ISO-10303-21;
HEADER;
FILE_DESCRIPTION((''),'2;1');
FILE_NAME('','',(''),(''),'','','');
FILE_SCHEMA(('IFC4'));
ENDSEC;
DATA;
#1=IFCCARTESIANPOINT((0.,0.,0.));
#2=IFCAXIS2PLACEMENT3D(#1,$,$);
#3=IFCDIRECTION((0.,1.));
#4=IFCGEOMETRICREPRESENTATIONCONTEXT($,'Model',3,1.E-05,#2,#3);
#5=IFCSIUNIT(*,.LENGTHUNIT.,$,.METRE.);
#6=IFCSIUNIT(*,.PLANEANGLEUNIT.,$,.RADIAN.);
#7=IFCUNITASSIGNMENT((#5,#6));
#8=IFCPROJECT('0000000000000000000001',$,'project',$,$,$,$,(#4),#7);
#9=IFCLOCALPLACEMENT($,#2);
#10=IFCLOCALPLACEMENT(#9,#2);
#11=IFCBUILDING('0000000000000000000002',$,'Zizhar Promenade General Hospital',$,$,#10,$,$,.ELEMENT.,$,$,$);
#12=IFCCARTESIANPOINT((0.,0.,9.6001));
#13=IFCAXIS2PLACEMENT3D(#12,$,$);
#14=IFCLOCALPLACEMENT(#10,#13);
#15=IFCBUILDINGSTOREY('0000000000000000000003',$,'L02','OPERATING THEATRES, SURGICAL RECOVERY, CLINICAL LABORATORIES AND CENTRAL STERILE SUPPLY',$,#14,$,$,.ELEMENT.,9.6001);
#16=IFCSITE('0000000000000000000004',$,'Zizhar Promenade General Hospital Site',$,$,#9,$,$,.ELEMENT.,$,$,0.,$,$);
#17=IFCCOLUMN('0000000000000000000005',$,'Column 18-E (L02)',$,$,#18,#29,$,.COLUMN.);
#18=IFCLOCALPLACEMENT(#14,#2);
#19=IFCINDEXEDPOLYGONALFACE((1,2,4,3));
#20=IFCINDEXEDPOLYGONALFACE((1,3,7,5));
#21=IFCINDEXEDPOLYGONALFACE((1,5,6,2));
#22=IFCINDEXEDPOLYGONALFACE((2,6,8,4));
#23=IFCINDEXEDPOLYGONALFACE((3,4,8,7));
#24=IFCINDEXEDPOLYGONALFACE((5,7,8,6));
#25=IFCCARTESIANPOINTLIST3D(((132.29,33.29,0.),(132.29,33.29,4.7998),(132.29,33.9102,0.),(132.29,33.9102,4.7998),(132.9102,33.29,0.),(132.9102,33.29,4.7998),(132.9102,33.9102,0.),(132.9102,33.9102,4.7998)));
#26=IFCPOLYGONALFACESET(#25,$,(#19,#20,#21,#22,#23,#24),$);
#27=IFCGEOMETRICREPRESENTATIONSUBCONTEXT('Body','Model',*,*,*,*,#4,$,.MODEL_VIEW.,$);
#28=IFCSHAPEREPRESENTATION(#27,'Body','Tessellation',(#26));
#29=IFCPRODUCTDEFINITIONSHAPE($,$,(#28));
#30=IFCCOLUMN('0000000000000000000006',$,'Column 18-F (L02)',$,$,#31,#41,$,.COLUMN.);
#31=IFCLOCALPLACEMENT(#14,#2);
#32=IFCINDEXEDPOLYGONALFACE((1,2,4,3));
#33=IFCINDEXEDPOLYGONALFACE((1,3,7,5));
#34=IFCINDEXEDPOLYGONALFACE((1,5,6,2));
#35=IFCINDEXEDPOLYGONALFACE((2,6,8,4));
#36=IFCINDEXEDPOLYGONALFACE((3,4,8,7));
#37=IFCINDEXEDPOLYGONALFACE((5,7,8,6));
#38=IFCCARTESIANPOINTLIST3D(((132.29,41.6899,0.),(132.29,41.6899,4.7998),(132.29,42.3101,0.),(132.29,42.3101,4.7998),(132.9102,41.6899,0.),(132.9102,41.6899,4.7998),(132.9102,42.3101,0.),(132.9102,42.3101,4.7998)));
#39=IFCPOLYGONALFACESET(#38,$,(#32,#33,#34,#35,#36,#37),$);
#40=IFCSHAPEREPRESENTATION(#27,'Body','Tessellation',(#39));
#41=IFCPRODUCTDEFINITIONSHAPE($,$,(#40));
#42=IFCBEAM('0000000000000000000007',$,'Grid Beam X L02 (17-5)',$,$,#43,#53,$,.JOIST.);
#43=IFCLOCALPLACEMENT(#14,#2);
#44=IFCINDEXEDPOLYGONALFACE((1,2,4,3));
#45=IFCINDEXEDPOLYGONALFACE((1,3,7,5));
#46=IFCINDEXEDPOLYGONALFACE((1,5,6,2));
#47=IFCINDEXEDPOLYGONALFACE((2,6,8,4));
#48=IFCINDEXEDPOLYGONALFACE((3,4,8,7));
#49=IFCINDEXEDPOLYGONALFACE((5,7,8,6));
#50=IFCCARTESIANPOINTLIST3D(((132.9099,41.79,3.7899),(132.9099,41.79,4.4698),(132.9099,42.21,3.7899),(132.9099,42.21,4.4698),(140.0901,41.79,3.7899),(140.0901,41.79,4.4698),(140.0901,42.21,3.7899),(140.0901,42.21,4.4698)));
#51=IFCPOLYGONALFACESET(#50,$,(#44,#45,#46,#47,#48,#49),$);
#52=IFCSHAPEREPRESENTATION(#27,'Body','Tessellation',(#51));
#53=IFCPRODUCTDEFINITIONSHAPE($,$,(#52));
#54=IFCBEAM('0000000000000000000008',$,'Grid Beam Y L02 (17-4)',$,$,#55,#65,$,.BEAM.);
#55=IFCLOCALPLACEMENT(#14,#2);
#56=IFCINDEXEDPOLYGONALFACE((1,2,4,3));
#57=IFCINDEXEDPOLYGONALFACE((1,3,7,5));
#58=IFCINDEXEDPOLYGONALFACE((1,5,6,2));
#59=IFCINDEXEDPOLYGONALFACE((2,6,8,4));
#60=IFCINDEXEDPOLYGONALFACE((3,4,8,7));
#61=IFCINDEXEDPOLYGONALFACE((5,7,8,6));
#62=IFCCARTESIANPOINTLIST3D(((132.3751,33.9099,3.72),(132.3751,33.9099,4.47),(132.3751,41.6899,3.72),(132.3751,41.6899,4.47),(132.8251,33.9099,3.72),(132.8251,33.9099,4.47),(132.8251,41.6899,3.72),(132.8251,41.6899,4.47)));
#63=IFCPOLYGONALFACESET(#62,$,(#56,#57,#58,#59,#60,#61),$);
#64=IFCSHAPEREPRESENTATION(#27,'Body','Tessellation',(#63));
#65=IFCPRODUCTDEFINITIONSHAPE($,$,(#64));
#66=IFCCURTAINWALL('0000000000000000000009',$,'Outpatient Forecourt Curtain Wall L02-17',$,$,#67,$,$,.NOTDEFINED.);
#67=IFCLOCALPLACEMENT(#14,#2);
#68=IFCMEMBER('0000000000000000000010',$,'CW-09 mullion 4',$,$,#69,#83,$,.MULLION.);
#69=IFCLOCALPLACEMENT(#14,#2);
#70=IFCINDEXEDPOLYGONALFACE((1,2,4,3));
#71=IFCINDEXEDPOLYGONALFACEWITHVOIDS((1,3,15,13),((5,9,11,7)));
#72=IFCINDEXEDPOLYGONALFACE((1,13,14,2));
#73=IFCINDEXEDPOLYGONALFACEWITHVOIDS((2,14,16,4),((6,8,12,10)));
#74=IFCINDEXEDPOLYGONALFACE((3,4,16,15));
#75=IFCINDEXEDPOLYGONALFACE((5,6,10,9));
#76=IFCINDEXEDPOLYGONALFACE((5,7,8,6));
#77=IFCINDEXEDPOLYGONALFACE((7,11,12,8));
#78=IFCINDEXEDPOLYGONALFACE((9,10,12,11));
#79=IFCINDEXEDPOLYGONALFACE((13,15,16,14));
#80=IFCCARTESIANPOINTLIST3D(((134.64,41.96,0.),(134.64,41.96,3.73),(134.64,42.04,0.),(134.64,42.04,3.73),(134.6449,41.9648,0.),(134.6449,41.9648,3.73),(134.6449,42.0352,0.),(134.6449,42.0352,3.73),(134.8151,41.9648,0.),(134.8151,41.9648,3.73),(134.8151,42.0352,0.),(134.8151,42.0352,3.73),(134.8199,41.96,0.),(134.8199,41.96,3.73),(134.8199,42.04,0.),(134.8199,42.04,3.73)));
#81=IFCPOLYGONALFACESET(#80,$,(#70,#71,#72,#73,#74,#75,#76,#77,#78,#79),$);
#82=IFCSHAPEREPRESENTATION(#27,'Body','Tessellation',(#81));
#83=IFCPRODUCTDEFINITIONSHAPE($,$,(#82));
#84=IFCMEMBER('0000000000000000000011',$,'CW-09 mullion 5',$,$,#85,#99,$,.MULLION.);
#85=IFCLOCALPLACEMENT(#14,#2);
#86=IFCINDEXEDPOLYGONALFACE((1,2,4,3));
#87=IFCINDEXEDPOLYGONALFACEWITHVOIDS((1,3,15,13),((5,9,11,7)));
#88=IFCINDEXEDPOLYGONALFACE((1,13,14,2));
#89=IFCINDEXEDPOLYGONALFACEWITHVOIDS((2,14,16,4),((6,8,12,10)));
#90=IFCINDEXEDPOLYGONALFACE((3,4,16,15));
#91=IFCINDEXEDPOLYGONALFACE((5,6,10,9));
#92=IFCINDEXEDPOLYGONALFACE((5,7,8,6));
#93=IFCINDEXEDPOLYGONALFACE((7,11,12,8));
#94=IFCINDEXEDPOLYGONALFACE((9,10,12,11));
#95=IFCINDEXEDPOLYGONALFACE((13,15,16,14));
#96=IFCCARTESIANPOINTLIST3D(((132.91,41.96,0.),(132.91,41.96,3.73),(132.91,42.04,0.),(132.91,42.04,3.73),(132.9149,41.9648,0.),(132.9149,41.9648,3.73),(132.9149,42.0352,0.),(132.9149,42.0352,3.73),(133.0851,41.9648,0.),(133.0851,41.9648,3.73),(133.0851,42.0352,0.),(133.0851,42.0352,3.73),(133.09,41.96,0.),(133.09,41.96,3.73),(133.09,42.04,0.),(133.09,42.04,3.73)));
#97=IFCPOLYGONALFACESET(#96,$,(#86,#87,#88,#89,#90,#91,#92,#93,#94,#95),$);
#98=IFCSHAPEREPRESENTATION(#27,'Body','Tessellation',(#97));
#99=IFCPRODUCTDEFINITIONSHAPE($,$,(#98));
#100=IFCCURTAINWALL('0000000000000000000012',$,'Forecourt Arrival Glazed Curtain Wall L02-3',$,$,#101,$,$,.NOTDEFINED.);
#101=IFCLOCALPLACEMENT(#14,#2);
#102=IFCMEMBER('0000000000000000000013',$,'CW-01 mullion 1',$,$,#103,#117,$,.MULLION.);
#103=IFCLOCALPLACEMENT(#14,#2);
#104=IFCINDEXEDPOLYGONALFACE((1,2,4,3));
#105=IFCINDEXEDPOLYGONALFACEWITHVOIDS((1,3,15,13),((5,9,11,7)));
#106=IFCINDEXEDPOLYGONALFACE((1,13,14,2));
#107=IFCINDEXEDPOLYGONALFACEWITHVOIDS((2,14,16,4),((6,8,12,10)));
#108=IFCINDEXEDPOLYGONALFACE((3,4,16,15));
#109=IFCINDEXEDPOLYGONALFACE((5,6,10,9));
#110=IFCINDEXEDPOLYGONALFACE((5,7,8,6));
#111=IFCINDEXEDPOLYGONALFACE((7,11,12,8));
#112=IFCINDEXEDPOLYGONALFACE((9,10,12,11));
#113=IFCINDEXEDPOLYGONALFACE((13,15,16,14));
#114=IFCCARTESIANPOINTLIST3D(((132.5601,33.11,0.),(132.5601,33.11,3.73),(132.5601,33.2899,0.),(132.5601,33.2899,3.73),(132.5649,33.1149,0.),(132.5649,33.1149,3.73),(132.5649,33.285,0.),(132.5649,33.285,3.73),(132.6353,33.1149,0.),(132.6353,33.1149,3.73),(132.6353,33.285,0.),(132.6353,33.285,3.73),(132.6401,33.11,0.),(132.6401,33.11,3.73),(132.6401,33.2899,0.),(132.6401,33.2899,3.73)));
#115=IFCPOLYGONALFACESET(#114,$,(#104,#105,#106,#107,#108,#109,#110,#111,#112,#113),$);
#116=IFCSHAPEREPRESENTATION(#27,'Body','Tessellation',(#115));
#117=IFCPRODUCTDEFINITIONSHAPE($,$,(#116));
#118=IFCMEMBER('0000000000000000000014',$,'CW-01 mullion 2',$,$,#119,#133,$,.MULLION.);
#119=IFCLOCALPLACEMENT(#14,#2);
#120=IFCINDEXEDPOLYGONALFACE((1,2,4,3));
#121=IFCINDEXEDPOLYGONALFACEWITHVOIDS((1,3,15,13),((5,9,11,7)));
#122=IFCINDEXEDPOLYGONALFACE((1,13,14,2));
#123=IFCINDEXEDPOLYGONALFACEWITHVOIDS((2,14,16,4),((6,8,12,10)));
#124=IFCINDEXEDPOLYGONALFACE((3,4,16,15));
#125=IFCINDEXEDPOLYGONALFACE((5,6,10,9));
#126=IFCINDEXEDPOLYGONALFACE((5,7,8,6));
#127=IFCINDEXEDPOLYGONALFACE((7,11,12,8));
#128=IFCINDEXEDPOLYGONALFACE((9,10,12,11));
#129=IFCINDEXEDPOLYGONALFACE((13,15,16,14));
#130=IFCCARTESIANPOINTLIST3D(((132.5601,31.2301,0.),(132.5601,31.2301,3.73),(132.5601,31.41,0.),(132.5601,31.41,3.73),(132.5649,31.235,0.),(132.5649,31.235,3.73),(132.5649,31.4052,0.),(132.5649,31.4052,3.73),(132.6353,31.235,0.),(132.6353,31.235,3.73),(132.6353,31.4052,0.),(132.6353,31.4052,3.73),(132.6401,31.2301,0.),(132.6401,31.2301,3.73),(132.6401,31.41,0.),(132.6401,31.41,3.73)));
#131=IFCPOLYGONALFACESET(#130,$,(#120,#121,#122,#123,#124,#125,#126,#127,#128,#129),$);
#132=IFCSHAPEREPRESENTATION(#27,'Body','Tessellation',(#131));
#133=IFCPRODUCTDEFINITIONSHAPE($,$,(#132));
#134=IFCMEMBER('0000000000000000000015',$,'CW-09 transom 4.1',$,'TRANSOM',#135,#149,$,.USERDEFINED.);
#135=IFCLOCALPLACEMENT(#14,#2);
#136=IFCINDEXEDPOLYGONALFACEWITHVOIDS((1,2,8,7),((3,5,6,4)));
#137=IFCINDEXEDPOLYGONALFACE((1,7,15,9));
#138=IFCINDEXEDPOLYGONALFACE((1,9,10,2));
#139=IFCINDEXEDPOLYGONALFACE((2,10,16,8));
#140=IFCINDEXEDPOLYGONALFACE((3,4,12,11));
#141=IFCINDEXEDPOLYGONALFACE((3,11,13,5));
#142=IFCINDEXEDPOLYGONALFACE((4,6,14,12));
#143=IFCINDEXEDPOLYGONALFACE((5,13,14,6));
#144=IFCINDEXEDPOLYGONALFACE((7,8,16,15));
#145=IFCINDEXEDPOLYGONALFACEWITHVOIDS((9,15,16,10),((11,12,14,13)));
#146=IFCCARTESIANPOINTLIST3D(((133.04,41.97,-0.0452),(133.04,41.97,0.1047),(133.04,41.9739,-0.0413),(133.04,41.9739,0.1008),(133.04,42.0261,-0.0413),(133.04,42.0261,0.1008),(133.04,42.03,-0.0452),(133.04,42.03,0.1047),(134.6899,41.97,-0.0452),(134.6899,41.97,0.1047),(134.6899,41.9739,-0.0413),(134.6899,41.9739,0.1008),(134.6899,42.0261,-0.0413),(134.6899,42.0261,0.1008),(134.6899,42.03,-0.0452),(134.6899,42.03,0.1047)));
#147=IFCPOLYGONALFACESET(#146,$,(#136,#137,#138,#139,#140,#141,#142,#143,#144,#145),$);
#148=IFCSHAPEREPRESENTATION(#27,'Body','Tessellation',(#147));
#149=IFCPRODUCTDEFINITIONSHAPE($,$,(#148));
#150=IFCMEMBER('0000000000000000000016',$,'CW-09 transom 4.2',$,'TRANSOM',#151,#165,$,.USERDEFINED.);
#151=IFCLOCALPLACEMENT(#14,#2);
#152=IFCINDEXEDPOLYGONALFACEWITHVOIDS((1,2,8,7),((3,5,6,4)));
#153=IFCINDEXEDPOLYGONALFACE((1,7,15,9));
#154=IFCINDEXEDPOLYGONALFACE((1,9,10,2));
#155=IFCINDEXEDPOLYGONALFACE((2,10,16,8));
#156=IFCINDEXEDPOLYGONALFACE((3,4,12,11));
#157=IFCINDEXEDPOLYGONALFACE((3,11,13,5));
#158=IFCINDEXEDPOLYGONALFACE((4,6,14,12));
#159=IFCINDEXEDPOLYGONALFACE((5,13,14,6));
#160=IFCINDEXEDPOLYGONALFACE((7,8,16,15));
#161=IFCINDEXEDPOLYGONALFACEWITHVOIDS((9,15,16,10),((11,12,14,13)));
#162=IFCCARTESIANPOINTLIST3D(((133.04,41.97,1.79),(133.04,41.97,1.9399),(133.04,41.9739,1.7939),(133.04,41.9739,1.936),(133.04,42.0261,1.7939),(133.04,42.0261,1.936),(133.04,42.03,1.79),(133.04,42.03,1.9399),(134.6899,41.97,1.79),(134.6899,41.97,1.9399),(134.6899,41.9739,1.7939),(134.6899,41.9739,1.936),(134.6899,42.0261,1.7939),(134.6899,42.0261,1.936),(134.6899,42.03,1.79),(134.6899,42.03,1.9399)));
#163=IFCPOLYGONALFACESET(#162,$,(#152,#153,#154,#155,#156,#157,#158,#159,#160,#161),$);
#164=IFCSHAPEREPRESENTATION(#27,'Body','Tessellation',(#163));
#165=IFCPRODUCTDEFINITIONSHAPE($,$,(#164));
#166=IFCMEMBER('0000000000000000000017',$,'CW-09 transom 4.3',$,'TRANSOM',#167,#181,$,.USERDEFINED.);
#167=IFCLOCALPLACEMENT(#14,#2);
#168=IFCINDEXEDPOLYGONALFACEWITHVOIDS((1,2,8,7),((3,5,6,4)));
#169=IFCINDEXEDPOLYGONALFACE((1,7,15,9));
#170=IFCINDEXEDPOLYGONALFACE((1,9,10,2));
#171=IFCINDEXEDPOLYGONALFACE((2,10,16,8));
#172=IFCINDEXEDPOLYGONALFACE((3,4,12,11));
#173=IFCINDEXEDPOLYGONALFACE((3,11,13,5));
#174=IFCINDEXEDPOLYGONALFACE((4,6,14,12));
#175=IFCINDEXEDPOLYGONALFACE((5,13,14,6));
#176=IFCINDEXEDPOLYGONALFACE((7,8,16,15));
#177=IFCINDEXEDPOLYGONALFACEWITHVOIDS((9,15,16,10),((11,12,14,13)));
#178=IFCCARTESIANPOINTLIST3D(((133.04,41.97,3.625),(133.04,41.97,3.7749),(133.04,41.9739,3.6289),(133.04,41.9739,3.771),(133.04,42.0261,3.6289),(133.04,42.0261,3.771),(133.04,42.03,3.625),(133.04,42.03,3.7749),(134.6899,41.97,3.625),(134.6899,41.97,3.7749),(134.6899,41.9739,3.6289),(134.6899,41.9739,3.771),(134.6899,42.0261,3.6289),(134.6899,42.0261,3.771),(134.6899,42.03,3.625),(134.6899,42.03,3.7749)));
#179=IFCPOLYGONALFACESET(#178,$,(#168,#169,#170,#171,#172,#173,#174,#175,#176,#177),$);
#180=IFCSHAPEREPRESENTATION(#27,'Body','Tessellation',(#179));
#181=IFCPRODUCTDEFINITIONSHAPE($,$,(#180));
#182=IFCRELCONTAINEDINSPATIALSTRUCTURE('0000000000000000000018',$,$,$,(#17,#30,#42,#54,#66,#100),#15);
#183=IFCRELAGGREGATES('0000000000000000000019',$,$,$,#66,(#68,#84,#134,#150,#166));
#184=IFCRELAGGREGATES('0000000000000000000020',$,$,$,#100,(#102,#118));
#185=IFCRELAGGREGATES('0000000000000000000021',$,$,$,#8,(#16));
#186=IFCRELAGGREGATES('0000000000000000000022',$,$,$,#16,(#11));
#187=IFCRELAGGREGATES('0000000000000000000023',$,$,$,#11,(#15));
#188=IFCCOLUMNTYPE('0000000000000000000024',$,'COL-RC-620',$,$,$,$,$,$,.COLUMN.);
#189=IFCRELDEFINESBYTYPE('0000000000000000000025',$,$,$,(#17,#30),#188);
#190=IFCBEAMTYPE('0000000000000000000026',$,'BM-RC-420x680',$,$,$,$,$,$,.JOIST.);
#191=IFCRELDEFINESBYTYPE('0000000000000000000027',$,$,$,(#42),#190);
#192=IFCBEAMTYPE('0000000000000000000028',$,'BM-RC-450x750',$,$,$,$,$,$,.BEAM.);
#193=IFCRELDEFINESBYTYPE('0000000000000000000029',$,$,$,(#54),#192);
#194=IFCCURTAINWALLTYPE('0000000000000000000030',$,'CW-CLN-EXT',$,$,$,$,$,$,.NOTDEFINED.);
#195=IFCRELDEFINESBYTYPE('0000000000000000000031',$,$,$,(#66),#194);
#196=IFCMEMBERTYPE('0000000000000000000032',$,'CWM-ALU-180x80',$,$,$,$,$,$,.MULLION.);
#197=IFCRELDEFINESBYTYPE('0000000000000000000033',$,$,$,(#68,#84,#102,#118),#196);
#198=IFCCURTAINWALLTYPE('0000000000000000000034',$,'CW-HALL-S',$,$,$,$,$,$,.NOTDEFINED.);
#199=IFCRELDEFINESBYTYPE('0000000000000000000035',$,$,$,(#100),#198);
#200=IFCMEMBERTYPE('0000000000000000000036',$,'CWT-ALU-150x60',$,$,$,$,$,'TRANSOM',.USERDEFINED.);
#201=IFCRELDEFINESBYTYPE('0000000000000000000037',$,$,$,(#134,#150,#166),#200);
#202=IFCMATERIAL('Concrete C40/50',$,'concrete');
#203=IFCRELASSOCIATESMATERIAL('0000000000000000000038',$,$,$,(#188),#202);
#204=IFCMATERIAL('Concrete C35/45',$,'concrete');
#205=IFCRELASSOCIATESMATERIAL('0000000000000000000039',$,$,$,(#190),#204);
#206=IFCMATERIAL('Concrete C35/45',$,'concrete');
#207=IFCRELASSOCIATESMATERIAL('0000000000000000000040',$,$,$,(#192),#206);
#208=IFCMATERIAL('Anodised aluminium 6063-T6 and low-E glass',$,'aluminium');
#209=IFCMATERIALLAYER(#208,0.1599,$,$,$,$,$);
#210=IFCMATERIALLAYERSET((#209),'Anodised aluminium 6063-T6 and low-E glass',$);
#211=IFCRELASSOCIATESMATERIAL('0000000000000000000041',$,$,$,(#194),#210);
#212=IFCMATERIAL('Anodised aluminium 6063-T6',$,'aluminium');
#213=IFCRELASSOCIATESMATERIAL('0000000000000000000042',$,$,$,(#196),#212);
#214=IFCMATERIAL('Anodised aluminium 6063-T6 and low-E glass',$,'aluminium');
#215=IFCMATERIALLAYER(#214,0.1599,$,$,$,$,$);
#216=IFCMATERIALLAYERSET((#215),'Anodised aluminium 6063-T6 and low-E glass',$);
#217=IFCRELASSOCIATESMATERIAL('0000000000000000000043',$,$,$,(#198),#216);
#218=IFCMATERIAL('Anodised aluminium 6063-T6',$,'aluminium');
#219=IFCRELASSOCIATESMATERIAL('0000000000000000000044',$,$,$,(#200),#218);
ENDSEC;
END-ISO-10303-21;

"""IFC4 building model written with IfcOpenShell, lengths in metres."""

from ifc_helpers import new_model, si_unit, direction, frame, origin, origin_2d, place, context, subcontext, project, spatial, rectangle, hollow_rectangle, extrude, material, layer, layer_set, material_profile, profile_set, type_object, element, aggregate, save


model = new_model("IFC4")

# Units and contexts
model_context = context("Model", 3, precision=1e-05, world=origin(), true_north=direction((0.0, 1.0)))
body_context = subcontext(model_context, "Body", "Model", "MODEL_VIEW")
ifc_project = project(units=[si_unit("LENGTHUNIT", "METRE"), si_unit("PLANEANGLEUNIT", "RADIAN")], contexts=[model_context])

# Site, building, storey
site_placement = place(None, origin())
site = spatial("IfcSite", under=ifc_project, at=site_placement, Name="Zizhar Promenade General Hospital Site", CompositionType="ELEMENT", RefElevation=0.0)
building_placement = place(site_placement, origin())
building = spatial("IfcBuilding", under=site, at=building_placement, Name="Zizhar Promenade General Hospital", CompositionType="ELEMENT")
storey_placement = place(building_placement, frame((0.0, 0.0, 9.6001)))
storey = spatial("IfcBuildingStorey", under=building, at=storey_placement, Name="L02", Description="OPERATING THEATRES, SURGICAL RECOVERY, CLINICAL LABORATORIES AND CENTRAL STERILE SUPPLY", CompositionType="ELEMENT", Elevation=9.6001)

# Columns
ifc_material_1 = material(Name="Concrete C40/50", Category="concrete")
ifc_material_profile_1 = material_profile(ifc_material_1, rectangle(XDim=0.6201, YDim=0.6201, at=origin_2d()))
ifc_profile_set_1 = profile_set([ifc_material_profile_1], Name="Concrete C40/50")
column_type = type_object("IfcColumnType", Name="COL-RC-620", PredefinedType="COLUMN", material=ifc_profile_set_1)
for number, where, z_axis, x_axis, name in (
    (1, (132.6001, 33.6001, 0.0), (0.0, 0.0, 1.0), (1.0, 0.0, 0.0), "Column 18-E (L02)"),
    (2, (132.6001, 42.0, 0.0), (0.0, 0.0, 1.0), (1.0, 0.0, 0.0), "Column 18-F (L02)"),
):
    element("IfcColumn", number, at=place(storey_placement, frame(where, z_axis=z_axis, x_axis=x_axis)), inside=storey, type_object=column_type, Name=name, PredefinedType="COLUMN", context=body_context, shape_type="SweptSolid", body=[
        extrude(rectangle(XDim=0.6201, YDim=0.6201, at=origin_2d()), origin(), (0.0, 0.0, 1.0), 4.7998),
    ])

# Beams
ifc_material_2 = material(Name="Concrete C35/45", Category="concrete")
ifc_material_profile_2 = material_profile(ifc_material_2, rectangle(XDim=0.4199, YDim=0.6799, at=origin_2d()))
ifc_profile_set_2 = profile_set([ifc_material_profile_2], Name="Concrete C35/45")
beam_type_1 = type_object("IfcBeamType", Name="BM-RC-420x680", PredefinedType="JOIST", material=ifc_profile_set_2)
beam_1_placement = place(storey_placement, frame((132.9099, 42.0, 4.1299), z_axis=(1.0, 0.0, 0.0), x_axis=(0.0, 1.0, 0.0)))
element("IfcBeam", 3, at=beam_1_placement, inside=storey, type_object=beam_type_1, Name="Grid Beam X L02 (17-5)", PredefinedType="JOIST", context=body_context, shape_type="SweptSolid", body=[
    extrude(rectangle(XDim=0.4199, YDim=0.6799, at=origin_2d()), origin(), (0.0, 0.0, 1.0), 7.1802),
])
ifc_material_3 = material(Name="Concrete C35/45", Category="concrete")
ifc_material_profile_3 = material_profile(ifc_material_3, rectangle(XDim=0.45, YDim=0.75, at=origin_2d()))
ifc_profile_set_3 = profile_set([ifc_material_profile_3], Name="Concrete C35/45")
beam_type_2 = type_object("IfcBeamType", Name="BM-RC-450x750", PredefinedType="BEAM", material=ifc_profile_set_3)
beam_2_placement = place(storey_placement, frame((132.6001, 33.9099, 4.095), z_axis=(0.0, 1.0, 0.0), x_axis=(-1.0, 0.0, 0.0)))
element("IfcBeam", 4, at=beam_2_placement, inside=storey, type_object=beam_type_2, Name="Grid Beam Y L02 (17-4)", PredefinedType="BEAM", context=body_context, shape_type="SweptSolid", body=[
    extrude(rectangle(XDim=0.45, YDim=0.75, at=origin_2d()), origin(), (0.0, 0.0, 1.0), 7.78),
])

# Curtain walls, members
ifc_material_4 = material(Name="Anodised aluminium 6063-T6 and low-E glass", Category="aluminium")
ifc_layer_1 = layer(ifc_material_4, 0.1599)
ifc_layer_set_1 = layer_set([ifc_layer_1], Name="Anodised aluminium 6063-T6 and low-E glass")
curtain_wall_type_1 = type_object("IfcCurtainWallType", Name="CW-CLN-EXT", PredefinedType="NOTDEFINED", material=ifc_layer_set_1)
curtain_wall_1_placement = place(storey_placement, origin())
curtain_wall_1 = element("IfcCurtainWall", 5, at=curtain_wall_1_placement, inside=storey, type_object=curtain_wall_type_1, Name="Outpatient Forecourt Curtain Wall L02-17", PredefinedType="NOTDEFINED")
ifc_material_5 = material(Name="Anodised aluminium 6063-T6", Category="aluminium")
ifc_material_profile_4 = material_profile(ifc_material_5, hollow_rectangle(XDim=0.0801, YDim=0.1799, WallThickness=0.0049, at=origin_2d()))
ifc_profile_set_4 = profile_set([ifc_material_profile_4], Name="Anodised aluminium 6063-T6")
member_type_1 = type_object("IfcMemberType", Name="CWM-ALU-180x80", PredefinedType="MULLION", material=ifc_profile_set_4)
member_1_placement = place(storey_placement, frame((134.73, 42.0, 0.0), z_axis=(0.0, 0.0, 1.0), x_axis=(0.0, -1.0, 0.0)))
member_1 = element("IfcMember", 6, at=member_1_placement, type_object=member_type_1, Name="CW-09 mullion 4", PredefinedType="MULLION", context=body_context, shape_type="SweptSolid", body=[
    extrude(hollow_rectangle(XDim=0.0801, YDim=0.1799, WallThickness=0.0049, at=origin_2d()), origin(), (0.0, 0.0, 1.0), 3.73),
])
member_2_placement = place(storey_placement, frame((133.0, 42.0, 0.0), z_axis=(0.0, 0.0, 1.0), x_axis=(0.0, -1.0, 0.0)))
member_2 = element("IfcMember", 7, at=member_2_placement, type_object=member_type_1, Name="CW-09 mullion 5", PredefinedType="MULLION", context=body_context, shape_type="SweptSolid", body=[
    extrude(hollow_rectangle(XDim=0.0801, YDim=0.1799, WallThickness=0.0049, at=origin_2d()), origin(), (0.0, 0.0, 1.0), 3.73),
])
ifc_material_6 = material(Name="Anodised aluminium 6063-T6 and low-E glass", Category="aluminium")
ifc_layer_2 = layer(ifc_material_6, 0.1599)
ifc_layer_set_2 = layer_set([ifc_layer_2], Name="Anodised aluminium 6063-T6 and low-E glass")
curtain_wall_type_2 = type_object("IfcCurtainWallType", Name="CW-HALL-S", PredefinedType="NOTDEFINED", material=ifc_layer_set_2)
curtain_wall_2_placement = place(storey_placement, origin())
curtain_wall_2 = element("IfcCurtainWall", 8, at=curtain_wall_2_placement, inside=storey, type_object=curtain_wall_type_2, Name="Forecourt Arrival Glazed Curtain Wall L02-3", PredefinedType="NOTDEFINED")
member_3_placement = place(storey_placement, frame((132.6001, 33.2, 0.0), z_axis=(0.0, 0.0, 1.0), x_axis=(1.0, 0.0, 0.0)))
member_3 = element("IfcMember", 9, at=member_3_placement, type_object=member_type_1, Name="CW-01 mullion 1", PredefinedType="MULLION", context=body_context, shape_type="SweptSolid", body=[
    extrude(hollow_rectangle(XDim=0.0801, YDim=0.1799, WallThickness=0.0049, at=origin_2d()), origin(), (0.0, 0.0, 1.0), 3.73),
])
member_4_placement = place(storey_placement, frame((132.6001, 31.3201, 0.0), z_axis=(0.0, 0.0, 1.0), x_axis=(1.0, 0.0, 0.0)))
member_4 = element("IfcMember", 10, at=member_4_placement, type_object=member_type_1, Name="CW-01 mullion 2", PredefinedType="MULLION", context=body_context, shape_type="SweptSolid", body=[
    extrude(hollow_rectangle(XDim=0.0801, YDim=0.1799, WallThickness=0.0049, at=origin_2d()), origin(), (0.0, 0.0, 1.0), 3.73),
])

# Members
ifc_material_7 = material(Name="Anodised aluminium 6063-T6", Category="aluminium")
ifc_material_profile_5 = material_profile(ifc_material_7, hollow_rectangle(XDim=0.0601, YDim=0.1499, WallThickness=0.0039, at=origin_2d()))
ifc_profile_set_5 = profile_set([ifc_material_profile_5], Name="Anodised aluminium 6063-T6")
member_type_2 = type_object("IfcMemberType", Name="CWT-ALU-150x60", ElementType="TRANSOM", PredefinedType="USERDEFINED", material=ifc_profile_set_5)
member_5_placement = place(storey_placement, frame((134.6899, 42.0, 0.0298), z_axis=(-1.0, 0.0, 0.0), x_axis=(0.0, -1.0, 0.0)))
member_5 = element("IfcMember", 11, at=member_5_placement, type_object=member_type_2, Name="CW-09 transom 4.1", ObjectType="TRANSOM", PredefinedType="USERDEFINED", context=body_context, shape_type="SweptSolid", body=[
    extrude(hollow_rectangle(XDim=0.0601, YDim=0.1499, WallThickness=0.0039, at=origin_2d()), origin(), (0.0, 0.0, 1.0), 1.6499),
])
member_6_placement = place(storey_placement, frame((134.6899, 42.0, 1.865), z_axis=(-1.0, 0.0, 0.0), x_axis=(0.0, -1.0, 0.0)))
member_6 = element("IfcMember", 12, at=member_6_placement, type_object=member_type_2, Name="CW-09 transom 4.2", ObjectType="TRANSOM", PredefinedType="USERDEFINED", context=body_context, shape_type="SweptSolid", body=[
    extrude(hollow_rectangle(XDim=0.0601, YDim=0.1499, WallThickness=0.0039, at=origin_2d()), origin(), (0.0, 0.0, 1.0), 1.6499),
])
member_7_placement = place(storey_placement, frame((134.6899, 42.0, 3.7), z_axis=(-1.0, 0.0, 0.0), x_axis=(0.0, -1.0, 0.0)))
member_7 = element("IfcMember", 13, at=member_7_placement, type_object=member_type_2, Name="CW-09 transom 4.3", ObjectType="TRANSOM", PredefinedType="USERDEFINED", context=body_context, shape_type="SweptSolid", body=[
    extrude(hollow_rectangle(XDim=0.0601, YDim=0.1499, WallThickness=0.0039, at=origin_2d()), origin(), (0.0, 0.0, 1.0), 1.6499),
])

aggregate(curtain_wall_1, [member_1, member_2, member_5, member_6, member_7])
aggregate(curtain_wall_2, [member_3, member_4])

save(model, "model.ifc")
